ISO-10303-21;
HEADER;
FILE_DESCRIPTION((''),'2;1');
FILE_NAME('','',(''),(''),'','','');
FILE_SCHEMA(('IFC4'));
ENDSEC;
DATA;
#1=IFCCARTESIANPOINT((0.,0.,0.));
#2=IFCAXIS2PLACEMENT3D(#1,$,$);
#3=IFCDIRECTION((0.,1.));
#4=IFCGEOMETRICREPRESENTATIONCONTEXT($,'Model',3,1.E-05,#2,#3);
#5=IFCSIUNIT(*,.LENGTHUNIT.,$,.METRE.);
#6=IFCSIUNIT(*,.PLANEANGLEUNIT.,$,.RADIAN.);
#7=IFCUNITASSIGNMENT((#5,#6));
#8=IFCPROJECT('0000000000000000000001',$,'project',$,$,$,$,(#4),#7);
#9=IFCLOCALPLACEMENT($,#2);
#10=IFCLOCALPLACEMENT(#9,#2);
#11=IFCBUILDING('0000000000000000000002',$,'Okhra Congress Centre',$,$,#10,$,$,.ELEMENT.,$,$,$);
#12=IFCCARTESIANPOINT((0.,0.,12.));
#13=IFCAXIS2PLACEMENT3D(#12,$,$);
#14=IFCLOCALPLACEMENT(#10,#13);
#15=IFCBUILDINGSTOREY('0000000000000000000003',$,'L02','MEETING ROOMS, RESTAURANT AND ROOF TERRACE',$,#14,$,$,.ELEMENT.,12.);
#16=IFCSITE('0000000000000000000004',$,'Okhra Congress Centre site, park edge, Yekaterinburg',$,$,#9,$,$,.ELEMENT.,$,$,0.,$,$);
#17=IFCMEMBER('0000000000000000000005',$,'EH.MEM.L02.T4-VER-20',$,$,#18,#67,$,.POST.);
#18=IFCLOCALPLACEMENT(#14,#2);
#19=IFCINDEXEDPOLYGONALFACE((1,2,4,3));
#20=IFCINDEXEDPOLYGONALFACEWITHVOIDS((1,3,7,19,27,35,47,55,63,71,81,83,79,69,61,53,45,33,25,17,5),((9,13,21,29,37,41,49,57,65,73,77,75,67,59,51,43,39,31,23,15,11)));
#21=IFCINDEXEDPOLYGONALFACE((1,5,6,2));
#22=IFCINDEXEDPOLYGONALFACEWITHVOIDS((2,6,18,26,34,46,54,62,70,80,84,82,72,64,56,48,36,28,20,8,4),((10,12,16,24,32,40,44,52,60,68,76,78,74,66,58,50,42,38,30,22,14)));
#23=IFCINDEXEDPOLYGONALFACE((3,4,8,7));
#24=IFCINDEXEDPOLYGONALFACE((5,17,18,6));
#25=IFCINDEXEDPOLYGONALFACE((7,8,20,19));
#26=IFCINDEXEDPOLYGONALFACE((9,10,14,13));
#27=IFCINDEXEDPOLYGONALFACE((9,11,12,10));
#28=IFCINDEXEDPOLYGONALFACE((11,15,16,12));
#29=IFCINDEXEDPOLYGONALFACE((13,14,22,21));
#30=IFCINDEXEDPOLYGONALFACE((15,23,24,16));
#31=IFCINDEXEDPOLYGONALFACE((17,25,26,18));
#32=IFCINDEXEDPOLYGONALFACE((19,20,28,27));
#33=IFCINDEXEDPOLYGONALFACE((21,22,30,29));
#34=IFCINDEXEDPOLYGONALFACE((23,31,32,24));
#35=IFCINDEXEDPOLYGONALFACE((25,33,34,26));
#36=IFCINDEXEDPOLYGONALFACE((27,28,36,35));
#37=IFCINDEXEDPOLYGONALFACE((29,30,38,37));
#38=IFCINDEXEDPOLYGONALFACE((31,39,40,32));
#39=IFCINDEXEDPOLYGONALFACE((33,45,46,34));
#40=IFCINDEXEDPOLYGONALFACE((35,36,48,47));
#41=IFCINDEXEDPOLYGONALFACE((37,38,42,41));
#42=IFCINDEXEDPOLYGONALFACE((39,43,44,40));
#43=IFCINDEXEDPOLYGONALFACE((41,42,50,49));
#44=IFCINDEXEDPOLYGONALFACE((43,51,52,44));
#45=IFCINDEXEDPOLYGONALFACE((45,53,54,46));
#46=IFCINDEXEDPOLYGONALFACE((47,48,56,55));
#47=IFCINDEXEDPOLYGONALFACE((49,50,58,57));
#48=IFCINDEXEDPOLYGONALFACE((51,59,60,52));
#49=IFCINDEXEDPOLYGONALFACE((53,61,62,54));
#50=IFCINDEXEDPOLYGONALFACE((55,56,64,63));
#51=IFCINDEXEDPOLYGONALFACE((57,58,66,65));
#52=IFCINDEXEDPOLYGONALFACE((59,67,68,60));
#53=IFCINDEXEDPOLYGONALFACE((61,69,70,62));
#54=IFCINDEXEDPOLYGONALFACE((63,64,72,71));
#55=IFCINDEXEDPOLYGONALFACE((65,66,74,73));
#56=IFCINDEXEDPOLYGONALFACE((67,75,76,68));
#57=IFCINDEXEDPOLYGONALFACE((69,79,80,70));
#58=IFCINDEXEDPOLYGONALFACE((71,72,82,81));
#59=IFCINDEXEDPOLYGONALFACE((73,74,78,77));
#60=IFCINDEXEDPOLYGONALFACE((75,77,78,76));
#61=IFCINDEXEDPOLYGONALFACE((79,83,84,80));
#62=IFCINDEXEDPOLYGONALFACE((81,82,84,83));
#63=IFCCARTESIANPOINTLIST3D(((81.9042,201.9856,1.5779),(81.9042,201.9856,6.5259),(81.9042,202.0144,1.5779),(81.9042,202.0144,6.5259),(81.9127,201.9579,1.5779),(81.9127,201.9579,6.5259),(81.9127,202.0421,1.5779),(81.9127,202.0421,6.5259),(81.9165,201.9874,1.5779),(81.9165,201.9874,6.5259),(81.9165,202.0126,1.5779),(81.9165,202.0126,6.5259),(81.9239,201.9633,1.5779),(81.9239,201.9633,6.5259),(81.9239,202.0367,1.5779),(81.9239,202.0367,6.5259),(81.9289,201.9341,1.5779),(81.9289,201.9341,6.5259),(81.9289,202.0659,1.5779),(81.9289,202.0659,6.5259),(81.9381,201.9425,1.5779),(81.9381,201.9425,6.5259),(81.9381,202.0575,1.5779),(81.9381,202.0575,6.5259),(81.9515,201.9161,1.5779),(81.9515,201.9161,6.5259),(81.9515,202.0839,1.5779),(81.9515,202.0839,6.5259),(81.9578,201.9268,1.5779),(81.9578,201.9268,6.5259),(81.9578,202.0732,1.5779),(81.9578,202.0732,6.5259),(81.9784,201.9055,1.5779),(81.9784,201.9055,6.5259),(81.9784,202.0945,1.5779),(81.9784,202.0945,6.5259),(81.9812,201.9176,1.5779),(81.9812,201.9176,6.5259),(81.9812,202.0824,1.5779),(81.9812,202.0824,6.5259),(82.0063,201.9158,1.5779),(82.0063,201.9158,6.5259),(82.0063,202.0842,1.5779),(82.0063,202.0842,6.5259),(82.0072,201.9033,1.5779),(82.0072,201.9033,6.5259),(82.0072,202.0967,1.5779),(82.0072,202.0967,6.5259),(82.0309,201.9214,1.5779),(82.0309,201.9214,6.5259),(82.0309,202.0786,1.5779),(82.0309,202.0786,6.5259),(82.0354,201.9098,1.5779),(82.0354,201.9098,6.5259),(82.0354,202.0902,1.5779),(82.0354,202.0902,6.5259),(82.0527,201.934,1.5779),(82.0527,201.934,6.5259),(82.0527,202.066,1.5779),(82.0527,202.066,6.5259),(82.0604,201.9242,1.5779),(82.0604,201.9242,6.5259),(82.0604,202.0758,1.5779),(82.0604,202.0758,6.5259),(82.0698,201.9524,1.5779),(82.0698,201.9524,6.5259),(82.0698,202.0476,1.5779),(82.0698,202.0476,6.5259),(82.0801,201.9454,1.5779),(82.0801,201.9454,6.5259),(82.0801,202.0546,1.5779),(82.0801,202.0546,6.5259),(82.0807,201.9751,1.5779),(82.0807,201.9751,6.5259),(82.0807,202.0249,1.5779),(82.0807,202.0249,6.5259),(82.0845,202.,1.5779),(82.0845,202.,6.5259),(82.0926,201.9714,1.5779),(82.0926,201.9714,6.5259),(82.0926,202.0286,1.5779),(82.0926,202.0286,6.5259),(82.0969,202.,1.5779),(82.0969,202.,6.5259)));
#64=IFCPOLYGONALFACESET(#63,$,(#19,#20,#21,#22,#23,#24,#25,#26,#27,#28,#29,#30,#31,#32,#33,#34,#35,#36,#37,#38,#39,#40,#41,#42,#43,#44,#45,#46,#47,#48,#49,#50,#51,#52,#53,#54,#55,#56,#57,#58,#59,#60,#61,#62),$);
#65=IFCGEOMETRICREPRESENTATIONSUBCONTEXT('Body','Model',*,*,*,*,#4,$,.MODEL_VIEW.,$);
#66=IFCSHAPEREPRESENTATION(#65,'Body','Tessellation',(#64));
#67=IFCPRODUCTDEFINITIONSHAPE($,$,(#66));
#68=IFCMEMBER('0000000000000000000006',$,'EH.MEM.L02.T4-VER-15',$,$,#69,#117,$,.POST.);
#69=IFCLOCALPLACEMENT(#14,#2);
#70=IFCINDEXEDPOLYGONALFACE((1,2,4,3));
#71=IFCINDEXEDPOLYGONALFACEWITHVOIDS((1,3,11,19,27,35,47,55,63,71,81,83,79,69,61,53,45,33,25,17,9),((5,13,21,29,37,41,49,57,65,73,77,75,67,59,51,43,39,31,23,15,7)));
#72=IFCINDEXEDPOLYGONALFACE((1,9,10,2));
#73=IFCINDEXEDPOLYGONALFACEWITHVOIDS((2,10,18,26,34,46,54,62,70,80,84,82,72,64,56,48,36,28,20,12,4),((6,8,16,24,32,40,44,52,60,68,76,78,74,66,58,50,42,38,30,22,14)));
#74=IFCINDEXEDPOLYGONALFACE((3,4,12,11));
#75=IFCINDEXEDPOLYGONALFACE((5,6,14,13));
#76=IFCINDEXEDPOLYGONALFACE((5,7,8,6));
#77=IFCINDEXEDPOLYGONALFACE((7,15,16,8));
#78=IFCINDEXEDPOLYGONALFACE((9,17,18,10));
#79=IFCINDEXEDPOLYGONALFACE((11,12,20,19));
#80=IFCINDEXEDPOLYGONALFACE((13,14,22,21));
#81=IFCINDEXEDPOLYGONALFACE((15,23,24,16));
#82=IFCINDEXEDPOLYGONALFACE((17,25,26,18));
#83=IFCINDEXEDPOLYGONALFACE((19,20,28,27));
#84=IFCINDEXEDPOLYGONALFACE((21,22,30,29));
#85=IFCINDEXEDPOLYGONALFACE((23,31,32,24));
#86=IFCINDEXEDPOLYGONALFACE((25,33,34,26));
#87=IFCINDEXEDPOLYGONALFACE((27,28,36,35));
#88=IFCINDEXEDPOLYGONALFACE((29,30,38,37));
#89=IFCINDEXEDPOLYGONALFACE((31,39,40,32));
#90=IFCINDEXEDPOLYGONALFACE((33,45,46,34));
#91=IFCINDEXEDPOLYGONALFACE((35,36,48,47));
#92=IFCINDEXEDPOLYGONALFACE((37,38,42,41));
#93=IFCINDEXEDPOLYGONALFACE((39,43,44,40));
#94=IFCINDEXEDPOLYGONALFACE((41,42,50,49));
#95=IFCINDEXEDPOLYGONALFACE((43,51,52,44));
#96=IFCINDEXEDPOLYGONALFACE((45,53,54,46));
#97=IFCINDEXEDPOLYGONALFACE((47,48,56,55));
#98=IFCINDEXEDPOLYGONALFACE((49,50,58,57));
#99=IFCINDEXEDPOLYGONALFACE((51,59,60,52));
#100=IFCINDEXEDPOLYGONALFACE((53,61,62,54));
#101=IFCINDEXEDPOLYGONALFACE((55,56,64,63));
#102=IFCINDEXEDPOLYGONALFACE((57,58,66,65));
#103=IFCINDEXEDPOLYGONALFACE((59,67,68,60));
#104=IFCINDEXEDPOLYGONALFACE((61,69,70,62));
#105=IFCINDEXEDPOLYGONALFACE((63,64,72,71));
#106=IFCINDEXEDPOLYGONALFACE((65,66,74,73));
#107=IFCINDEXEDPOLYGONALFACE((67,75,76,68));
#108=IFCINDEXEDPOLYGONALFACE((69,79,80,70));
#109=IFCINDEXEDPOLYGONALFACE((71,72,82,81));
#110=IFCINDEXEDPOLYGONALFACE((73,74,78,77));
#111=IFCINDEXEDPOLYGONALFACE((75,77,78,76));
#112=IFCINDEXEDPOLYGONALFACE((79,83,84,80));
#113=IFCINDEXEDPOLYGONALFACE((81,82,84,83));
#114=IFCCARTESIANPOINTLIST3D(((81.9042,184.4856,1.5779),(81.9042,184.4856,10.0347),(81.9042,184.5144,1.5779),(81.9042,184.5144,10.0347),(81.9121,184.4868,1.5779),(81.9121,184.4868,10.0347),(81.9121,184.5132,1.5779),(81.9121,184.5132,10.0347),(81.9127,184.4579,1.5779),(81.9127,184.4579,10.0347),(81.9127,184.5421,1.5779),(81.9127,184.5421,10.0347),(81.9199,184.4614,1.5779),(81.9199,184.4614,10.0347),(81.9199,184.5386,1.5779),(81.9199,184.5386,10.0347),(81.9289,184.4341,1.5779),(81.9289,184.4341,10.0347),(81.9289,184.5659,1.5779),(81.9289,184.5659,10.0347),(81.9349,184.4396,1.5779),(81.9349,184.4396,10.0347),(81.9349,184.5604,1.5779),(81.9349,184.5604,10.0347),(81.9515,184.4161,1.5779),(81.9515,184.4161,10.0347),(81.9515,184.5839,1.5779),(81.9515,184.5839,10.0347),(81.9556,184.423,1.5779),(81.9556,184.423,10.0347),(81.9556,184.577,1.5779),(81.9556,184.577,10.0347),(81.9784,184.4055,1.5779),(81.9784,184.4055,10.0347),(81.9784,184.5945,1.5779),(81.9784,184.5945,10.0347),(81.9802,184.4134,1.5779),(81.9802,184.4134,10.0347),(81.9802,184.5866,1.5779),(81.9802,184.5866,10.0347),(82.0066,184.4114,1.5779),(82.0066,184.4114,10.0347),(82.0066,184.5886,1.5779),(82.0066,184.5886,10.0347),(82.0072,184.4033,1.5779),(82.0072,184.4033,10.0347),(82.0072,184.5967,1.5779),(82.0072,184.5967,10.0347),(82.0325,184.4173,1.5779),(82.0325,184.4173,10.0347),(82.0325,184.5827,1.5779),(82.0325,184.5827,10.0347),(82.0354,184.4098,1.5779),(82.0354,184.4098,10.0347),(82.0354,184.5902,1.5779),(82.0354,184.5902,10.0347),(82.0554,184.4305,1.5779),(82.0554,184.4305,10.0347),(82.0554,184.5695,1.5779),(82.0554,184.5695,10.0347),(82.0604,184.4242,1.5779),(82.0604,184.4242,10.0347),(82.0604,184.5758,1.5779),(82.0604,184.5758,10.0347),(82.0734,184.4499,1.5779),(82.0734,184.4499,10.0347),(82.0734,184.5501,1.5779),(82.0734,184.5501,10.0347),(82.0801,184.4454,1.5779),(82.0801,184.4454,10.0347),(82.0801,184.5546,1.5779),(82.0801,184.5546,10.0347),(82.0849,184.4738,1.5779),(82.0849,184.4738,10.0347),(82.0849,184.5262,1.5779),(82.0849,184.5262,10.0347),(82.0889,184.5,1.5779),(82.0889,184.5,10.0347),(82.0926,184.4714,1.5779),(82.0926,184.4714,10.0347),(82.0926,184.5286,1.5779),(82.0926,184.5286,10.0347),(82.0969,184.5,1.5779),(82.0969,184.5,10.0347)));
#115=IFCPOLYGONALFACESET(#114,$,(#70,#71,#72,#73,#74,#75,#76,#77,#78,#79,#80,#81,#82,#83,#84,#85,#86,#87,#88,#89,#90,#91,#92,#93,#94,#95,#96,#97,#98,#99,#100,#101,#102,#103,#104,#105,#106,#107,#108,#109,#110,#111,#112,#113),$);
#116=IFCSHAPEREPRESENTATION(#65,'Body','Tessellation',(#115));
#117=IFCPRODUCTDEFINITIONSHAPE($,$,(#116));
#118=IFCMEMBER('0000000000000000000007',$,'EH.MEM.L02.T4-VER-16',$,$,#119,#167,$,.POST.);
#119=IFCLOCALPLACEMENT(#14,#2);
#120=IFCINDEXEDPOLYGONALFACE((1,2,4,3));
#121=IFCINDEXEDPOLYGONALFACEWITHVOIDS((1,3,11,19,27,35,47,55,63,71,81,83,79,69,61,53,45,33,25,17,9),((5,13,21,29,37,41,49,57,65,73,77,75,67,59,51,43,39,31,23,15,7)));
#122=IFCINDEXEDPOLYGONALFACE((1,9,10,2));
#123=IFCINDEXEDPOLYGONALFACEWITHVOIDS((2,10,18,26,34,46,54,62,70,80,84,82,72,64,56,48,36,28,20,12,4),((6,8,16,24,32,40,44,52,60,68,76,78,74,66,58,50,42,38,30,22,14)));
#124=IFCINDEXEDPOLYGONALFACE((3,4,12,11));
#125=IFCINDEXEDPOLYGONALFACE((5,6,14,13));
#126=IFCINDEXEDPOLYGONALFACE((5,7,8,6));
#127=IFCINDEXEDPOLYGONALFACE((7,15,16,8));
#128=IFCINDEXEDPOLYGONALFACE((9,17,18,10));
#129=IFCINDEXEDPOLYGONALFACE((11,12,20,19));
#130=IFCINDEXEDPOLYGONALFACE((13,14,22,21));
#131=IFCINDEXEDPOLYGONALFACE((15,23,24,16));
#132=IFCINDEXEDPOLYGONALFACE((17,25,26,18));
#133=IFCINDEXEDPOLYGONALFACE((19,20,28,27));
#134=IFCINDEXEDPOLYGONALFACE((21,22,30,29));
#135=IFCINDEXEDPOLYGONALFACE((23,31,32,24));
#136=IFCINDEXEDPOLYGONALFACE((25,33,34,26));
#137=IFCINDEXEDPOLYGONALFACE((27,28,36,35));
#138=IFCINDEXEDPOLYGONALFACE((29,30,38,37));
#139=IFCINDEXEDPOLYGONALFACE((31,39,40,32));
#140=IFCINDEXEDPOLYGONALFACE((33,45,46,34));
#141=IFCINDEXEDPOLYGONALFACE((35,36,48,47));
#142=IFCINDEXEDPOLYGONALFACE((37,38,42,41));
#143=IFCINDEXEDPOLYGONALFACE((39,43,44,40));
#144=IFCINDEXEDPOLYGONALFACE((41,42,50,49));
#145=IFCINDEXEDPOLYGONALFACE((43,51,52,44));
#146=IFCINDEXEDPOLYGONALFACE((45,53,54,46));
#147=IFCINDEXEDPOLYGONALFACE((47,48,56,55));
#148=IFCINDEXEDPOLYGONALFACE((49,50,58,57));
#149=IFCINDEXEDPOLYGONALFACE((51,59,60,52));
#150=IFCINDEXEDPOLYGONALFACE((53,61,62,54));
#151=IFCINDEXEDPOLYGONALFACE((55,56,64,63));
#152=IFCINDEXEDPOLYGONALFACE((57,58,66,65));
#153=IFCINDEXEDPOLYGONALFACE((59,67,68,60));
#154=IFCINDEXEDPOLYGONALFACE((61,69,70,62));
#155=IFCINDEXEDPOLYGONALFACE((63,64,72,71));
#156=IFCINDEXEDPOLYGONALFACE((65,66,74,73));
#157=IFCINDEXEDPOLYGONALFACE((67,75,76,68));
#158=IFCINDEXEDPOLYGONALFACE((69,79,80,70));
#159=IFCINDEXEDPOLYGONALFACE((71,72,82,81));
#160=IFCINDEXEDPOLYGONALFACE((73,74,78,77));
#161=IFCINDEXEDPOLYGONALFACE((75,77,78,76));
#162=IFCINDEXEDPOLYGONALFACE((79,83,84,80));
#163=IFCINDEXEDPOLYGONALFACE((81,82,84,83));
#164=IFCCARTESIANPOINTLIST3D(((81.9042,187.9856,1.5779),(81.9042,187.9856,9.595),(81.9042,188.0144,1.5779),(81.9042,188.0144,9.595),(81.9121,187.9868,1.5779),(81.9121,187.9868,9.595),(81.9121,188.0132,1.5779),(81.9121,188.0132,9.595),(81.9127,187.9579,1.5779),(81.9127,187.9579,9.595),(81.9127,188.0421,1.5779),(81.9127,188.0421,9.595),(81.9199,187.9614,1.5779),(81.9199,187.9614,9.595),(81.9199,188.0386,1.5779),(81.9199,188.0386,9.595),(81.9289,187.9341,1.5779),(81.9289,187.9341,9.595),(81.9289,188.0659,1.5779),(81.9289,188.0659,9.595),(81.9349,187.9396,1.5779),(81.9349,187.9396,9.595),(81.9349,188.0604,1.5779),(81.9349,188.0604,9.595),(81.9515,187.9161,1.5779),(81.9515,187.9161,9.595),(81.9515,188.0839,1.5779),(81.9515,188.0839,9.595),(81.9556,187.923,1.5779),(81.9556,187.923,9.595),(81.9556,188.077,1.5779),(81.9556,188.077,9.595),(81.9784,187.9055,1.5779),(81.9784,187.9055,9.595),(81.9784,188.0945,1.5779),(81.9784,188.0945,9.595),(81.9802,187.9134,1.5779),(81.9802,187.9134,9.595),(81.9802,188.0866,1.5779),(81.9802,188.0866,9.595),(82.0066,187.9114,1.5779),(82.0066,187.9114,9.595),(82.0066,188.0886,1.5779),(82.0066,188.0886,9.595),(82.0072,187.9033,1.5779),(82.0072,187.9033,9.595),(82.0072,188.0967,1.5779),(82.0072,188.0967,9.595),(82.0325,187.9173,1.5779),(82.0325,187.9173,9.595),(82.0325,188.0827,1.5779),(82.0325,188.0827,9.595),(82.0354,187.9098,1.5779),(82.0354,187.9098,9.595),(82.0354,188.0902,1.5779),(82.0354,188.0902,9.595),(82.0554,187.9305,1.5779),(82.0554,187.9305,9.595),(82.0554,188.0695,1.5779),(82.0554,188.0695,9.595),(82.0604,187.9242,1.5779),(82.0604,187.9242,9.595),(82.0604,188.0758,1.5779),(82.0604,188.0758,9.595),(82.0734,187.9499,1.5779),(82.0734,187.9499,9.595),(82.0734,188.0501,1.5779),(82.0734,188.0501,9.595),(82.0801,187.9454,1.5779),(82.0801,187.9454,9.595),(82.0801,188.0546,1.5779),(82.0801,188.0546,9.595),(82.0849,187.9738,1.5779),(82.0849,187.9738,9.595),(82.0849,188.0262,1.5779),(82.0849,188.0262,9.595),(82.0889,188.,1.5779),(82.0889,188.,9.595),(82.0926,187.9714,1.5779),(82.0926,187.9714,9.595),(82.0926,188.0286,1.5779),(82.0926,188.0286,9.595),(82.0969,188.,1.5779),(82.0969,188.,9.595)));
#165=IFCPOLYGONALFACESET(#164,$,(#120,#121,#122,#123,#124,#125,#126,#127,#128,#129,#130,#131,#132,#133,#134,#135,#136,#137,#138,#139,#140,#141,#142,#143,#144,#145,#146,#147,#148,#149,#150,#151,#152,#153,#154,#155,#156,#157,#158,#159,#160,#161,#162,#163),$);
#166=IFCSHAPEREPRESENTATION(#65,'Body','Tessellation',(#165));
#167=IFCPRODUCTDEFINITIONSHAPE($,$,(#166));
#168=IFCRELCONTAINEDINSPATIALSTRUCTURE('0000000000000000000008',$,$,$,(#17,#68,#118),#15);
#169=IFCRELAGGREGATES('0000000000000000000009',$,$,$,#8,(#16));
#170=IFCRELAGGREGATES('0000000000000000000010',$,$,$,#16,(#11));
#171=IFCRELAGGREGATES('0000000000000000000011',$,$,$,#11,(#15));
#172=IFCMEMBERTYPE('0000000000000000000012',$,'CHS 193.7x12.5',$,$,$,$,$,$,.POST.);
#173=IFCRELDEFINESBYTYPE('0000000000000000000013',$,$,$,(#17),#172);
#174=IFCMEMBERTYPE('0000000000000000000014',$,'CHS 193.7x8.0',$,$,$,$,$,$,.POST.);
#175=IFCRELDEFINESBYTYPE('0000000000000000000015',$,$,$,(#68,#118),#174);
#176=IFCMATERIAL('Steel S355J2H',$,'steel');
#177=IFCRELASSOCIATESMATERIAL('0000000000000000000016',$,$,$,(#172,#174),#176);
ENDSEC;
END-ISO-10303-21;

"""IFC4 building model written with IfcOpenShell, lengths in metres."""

from ifc_helpers import new_model, si_unit, direction, frame, origin, origin_2d, place, context, subcontext, project, spatial, hollow_circle, extrude, material, material_profile, profile_set, type_object, element, save


model = new_model("IFC4")

# Units and contexts
model_context = context("Model", 3, precision=1e-05, world=origin(), true_north=direction((0.0, 1.0)))
body_context = subcontext(model_context, "Body", "Model", "MODEL_VIEW")
ifc_project = project(units=[si_unit("LENGTHUNIT", "METRE"), si_unit("PLANEANGLEUNIT", "RADIAN")], contexts=[model_context])

# Site, building, storey
site_placement = place(None, origin())
site = spatial("IfcSite", under=ifc_project, at=site_placement, Name="Okhra Congress Centre site, park edge, Yekaterinburg", CompositionType="ELEMENT", RefElevation=0.0)
building_placement = place(site_placement, origin())
building = spatial("IfcBuilding", under=site, at=building_placement, Name="Okhra Congress Centre", CompositionType="ELEMENT")
storey_placement = place(building_placement, frame((0.0, 0.0, 12.0)))
storey = spatial("IfcBuildingStorey", under=building, at=storey_placement, Name="L02", Description="MEETING ROOMS, RESTAURANT AND ROOF TERRACE", CompositionType="ELEMENT", Elevation=12.0)

# Members
ifc_material_1 = material(Name="Steel S355J2H", Category="steel")
ifc_material_profile_1 = material_profile(ifc_material_1, hollow_circle(Radius=0.0969, WallThickness=0.0125, at=origin_2d()), Name="CHS 193.7x12.5")
ifc_profile_set_1 = profile_set([ifc_material_profile_1], Name="Steel S355J2H")
member_type_1 = type_object("IfcMemberType", Name="CHS 193.7x12.5", PredefinedType="POST", material=ifc_profile_set_1)
member_1_placement = place(storey_placement, frame((82.0, 202.0, 1.5779), z_axis=(0.0, 0.0, 1.0), x_axis=(1.0, 0.0, 0.0)))
element("IfcMember", 1, at=member_1_placement, inside=storey, type_object=member_type_1, Name="EH.MEM.L02.T4-VER-20", PredefinedType="POST", context=body_context, shape_type="SweptSolid", body=[
    extrude(hollow_circle(Radius=0.0969, WallThickness=0.0125, at=origin_2d()), origin(), (0.0, 0.0, 1.0), 4.948),
])
ifc_material_profile_2 = material_profile(ifc_material_1, hollow_circle(Radius=0.0969, WallThickness=0.0081, at=origin_2d()), Name="CHS 193.7x8.0")
ifc_profile_set_2 = profile_set([ifc_material_profile_2], Name="Steel S355J2H")
member_type_2 = type_object("IfcMemberType", Name="CHS 193.7x8.0", PredefinedType="POST", material=ifc_profile_set_2)
member_2_placement = place(storey_placement, frame((82.0, 184.5, 1.5779), z_axis=(0.0, 0.0, 1.0), x_axis=(1.0, 0.0, 0.0)))
element("IfcMember", 2, at=member_2_placement, inside=storey, type_object=member_type_2, Name="EH.MEM.L02.T4-VER-15", PredefinedType="POST", context=body_context, shape_type="SweptSolid", body=[
    extrude(hollow_circle(Radius=0.0969, WallThickness=0.0081, at=origin_2d()), origin(), (0.0, 0.0, 1.0), 8.4568),
])
member_3_placement = place(storey_placement, frame((82.0, 188.0, 1.5779), z_axis=(0.0, 0.0, 1.0), x_axis=(1.0, 0.0, 0.0)))
element("IfcMember", 3, at=member_3_placement, inside=storey, type_object=member_type_2, Name="EH.MEM.L02.T4-VER-16", PredefinedType="POST", context=body_context, shape_type="SweptSolid", body=[
    extrude(hollow_circle(Radius=0.0969, WallThickness=0.0081, at=origin_2d()), origin(), (0.0, 0.0, 1.0), 8.0171),
])

save(model, "model.ifc")
